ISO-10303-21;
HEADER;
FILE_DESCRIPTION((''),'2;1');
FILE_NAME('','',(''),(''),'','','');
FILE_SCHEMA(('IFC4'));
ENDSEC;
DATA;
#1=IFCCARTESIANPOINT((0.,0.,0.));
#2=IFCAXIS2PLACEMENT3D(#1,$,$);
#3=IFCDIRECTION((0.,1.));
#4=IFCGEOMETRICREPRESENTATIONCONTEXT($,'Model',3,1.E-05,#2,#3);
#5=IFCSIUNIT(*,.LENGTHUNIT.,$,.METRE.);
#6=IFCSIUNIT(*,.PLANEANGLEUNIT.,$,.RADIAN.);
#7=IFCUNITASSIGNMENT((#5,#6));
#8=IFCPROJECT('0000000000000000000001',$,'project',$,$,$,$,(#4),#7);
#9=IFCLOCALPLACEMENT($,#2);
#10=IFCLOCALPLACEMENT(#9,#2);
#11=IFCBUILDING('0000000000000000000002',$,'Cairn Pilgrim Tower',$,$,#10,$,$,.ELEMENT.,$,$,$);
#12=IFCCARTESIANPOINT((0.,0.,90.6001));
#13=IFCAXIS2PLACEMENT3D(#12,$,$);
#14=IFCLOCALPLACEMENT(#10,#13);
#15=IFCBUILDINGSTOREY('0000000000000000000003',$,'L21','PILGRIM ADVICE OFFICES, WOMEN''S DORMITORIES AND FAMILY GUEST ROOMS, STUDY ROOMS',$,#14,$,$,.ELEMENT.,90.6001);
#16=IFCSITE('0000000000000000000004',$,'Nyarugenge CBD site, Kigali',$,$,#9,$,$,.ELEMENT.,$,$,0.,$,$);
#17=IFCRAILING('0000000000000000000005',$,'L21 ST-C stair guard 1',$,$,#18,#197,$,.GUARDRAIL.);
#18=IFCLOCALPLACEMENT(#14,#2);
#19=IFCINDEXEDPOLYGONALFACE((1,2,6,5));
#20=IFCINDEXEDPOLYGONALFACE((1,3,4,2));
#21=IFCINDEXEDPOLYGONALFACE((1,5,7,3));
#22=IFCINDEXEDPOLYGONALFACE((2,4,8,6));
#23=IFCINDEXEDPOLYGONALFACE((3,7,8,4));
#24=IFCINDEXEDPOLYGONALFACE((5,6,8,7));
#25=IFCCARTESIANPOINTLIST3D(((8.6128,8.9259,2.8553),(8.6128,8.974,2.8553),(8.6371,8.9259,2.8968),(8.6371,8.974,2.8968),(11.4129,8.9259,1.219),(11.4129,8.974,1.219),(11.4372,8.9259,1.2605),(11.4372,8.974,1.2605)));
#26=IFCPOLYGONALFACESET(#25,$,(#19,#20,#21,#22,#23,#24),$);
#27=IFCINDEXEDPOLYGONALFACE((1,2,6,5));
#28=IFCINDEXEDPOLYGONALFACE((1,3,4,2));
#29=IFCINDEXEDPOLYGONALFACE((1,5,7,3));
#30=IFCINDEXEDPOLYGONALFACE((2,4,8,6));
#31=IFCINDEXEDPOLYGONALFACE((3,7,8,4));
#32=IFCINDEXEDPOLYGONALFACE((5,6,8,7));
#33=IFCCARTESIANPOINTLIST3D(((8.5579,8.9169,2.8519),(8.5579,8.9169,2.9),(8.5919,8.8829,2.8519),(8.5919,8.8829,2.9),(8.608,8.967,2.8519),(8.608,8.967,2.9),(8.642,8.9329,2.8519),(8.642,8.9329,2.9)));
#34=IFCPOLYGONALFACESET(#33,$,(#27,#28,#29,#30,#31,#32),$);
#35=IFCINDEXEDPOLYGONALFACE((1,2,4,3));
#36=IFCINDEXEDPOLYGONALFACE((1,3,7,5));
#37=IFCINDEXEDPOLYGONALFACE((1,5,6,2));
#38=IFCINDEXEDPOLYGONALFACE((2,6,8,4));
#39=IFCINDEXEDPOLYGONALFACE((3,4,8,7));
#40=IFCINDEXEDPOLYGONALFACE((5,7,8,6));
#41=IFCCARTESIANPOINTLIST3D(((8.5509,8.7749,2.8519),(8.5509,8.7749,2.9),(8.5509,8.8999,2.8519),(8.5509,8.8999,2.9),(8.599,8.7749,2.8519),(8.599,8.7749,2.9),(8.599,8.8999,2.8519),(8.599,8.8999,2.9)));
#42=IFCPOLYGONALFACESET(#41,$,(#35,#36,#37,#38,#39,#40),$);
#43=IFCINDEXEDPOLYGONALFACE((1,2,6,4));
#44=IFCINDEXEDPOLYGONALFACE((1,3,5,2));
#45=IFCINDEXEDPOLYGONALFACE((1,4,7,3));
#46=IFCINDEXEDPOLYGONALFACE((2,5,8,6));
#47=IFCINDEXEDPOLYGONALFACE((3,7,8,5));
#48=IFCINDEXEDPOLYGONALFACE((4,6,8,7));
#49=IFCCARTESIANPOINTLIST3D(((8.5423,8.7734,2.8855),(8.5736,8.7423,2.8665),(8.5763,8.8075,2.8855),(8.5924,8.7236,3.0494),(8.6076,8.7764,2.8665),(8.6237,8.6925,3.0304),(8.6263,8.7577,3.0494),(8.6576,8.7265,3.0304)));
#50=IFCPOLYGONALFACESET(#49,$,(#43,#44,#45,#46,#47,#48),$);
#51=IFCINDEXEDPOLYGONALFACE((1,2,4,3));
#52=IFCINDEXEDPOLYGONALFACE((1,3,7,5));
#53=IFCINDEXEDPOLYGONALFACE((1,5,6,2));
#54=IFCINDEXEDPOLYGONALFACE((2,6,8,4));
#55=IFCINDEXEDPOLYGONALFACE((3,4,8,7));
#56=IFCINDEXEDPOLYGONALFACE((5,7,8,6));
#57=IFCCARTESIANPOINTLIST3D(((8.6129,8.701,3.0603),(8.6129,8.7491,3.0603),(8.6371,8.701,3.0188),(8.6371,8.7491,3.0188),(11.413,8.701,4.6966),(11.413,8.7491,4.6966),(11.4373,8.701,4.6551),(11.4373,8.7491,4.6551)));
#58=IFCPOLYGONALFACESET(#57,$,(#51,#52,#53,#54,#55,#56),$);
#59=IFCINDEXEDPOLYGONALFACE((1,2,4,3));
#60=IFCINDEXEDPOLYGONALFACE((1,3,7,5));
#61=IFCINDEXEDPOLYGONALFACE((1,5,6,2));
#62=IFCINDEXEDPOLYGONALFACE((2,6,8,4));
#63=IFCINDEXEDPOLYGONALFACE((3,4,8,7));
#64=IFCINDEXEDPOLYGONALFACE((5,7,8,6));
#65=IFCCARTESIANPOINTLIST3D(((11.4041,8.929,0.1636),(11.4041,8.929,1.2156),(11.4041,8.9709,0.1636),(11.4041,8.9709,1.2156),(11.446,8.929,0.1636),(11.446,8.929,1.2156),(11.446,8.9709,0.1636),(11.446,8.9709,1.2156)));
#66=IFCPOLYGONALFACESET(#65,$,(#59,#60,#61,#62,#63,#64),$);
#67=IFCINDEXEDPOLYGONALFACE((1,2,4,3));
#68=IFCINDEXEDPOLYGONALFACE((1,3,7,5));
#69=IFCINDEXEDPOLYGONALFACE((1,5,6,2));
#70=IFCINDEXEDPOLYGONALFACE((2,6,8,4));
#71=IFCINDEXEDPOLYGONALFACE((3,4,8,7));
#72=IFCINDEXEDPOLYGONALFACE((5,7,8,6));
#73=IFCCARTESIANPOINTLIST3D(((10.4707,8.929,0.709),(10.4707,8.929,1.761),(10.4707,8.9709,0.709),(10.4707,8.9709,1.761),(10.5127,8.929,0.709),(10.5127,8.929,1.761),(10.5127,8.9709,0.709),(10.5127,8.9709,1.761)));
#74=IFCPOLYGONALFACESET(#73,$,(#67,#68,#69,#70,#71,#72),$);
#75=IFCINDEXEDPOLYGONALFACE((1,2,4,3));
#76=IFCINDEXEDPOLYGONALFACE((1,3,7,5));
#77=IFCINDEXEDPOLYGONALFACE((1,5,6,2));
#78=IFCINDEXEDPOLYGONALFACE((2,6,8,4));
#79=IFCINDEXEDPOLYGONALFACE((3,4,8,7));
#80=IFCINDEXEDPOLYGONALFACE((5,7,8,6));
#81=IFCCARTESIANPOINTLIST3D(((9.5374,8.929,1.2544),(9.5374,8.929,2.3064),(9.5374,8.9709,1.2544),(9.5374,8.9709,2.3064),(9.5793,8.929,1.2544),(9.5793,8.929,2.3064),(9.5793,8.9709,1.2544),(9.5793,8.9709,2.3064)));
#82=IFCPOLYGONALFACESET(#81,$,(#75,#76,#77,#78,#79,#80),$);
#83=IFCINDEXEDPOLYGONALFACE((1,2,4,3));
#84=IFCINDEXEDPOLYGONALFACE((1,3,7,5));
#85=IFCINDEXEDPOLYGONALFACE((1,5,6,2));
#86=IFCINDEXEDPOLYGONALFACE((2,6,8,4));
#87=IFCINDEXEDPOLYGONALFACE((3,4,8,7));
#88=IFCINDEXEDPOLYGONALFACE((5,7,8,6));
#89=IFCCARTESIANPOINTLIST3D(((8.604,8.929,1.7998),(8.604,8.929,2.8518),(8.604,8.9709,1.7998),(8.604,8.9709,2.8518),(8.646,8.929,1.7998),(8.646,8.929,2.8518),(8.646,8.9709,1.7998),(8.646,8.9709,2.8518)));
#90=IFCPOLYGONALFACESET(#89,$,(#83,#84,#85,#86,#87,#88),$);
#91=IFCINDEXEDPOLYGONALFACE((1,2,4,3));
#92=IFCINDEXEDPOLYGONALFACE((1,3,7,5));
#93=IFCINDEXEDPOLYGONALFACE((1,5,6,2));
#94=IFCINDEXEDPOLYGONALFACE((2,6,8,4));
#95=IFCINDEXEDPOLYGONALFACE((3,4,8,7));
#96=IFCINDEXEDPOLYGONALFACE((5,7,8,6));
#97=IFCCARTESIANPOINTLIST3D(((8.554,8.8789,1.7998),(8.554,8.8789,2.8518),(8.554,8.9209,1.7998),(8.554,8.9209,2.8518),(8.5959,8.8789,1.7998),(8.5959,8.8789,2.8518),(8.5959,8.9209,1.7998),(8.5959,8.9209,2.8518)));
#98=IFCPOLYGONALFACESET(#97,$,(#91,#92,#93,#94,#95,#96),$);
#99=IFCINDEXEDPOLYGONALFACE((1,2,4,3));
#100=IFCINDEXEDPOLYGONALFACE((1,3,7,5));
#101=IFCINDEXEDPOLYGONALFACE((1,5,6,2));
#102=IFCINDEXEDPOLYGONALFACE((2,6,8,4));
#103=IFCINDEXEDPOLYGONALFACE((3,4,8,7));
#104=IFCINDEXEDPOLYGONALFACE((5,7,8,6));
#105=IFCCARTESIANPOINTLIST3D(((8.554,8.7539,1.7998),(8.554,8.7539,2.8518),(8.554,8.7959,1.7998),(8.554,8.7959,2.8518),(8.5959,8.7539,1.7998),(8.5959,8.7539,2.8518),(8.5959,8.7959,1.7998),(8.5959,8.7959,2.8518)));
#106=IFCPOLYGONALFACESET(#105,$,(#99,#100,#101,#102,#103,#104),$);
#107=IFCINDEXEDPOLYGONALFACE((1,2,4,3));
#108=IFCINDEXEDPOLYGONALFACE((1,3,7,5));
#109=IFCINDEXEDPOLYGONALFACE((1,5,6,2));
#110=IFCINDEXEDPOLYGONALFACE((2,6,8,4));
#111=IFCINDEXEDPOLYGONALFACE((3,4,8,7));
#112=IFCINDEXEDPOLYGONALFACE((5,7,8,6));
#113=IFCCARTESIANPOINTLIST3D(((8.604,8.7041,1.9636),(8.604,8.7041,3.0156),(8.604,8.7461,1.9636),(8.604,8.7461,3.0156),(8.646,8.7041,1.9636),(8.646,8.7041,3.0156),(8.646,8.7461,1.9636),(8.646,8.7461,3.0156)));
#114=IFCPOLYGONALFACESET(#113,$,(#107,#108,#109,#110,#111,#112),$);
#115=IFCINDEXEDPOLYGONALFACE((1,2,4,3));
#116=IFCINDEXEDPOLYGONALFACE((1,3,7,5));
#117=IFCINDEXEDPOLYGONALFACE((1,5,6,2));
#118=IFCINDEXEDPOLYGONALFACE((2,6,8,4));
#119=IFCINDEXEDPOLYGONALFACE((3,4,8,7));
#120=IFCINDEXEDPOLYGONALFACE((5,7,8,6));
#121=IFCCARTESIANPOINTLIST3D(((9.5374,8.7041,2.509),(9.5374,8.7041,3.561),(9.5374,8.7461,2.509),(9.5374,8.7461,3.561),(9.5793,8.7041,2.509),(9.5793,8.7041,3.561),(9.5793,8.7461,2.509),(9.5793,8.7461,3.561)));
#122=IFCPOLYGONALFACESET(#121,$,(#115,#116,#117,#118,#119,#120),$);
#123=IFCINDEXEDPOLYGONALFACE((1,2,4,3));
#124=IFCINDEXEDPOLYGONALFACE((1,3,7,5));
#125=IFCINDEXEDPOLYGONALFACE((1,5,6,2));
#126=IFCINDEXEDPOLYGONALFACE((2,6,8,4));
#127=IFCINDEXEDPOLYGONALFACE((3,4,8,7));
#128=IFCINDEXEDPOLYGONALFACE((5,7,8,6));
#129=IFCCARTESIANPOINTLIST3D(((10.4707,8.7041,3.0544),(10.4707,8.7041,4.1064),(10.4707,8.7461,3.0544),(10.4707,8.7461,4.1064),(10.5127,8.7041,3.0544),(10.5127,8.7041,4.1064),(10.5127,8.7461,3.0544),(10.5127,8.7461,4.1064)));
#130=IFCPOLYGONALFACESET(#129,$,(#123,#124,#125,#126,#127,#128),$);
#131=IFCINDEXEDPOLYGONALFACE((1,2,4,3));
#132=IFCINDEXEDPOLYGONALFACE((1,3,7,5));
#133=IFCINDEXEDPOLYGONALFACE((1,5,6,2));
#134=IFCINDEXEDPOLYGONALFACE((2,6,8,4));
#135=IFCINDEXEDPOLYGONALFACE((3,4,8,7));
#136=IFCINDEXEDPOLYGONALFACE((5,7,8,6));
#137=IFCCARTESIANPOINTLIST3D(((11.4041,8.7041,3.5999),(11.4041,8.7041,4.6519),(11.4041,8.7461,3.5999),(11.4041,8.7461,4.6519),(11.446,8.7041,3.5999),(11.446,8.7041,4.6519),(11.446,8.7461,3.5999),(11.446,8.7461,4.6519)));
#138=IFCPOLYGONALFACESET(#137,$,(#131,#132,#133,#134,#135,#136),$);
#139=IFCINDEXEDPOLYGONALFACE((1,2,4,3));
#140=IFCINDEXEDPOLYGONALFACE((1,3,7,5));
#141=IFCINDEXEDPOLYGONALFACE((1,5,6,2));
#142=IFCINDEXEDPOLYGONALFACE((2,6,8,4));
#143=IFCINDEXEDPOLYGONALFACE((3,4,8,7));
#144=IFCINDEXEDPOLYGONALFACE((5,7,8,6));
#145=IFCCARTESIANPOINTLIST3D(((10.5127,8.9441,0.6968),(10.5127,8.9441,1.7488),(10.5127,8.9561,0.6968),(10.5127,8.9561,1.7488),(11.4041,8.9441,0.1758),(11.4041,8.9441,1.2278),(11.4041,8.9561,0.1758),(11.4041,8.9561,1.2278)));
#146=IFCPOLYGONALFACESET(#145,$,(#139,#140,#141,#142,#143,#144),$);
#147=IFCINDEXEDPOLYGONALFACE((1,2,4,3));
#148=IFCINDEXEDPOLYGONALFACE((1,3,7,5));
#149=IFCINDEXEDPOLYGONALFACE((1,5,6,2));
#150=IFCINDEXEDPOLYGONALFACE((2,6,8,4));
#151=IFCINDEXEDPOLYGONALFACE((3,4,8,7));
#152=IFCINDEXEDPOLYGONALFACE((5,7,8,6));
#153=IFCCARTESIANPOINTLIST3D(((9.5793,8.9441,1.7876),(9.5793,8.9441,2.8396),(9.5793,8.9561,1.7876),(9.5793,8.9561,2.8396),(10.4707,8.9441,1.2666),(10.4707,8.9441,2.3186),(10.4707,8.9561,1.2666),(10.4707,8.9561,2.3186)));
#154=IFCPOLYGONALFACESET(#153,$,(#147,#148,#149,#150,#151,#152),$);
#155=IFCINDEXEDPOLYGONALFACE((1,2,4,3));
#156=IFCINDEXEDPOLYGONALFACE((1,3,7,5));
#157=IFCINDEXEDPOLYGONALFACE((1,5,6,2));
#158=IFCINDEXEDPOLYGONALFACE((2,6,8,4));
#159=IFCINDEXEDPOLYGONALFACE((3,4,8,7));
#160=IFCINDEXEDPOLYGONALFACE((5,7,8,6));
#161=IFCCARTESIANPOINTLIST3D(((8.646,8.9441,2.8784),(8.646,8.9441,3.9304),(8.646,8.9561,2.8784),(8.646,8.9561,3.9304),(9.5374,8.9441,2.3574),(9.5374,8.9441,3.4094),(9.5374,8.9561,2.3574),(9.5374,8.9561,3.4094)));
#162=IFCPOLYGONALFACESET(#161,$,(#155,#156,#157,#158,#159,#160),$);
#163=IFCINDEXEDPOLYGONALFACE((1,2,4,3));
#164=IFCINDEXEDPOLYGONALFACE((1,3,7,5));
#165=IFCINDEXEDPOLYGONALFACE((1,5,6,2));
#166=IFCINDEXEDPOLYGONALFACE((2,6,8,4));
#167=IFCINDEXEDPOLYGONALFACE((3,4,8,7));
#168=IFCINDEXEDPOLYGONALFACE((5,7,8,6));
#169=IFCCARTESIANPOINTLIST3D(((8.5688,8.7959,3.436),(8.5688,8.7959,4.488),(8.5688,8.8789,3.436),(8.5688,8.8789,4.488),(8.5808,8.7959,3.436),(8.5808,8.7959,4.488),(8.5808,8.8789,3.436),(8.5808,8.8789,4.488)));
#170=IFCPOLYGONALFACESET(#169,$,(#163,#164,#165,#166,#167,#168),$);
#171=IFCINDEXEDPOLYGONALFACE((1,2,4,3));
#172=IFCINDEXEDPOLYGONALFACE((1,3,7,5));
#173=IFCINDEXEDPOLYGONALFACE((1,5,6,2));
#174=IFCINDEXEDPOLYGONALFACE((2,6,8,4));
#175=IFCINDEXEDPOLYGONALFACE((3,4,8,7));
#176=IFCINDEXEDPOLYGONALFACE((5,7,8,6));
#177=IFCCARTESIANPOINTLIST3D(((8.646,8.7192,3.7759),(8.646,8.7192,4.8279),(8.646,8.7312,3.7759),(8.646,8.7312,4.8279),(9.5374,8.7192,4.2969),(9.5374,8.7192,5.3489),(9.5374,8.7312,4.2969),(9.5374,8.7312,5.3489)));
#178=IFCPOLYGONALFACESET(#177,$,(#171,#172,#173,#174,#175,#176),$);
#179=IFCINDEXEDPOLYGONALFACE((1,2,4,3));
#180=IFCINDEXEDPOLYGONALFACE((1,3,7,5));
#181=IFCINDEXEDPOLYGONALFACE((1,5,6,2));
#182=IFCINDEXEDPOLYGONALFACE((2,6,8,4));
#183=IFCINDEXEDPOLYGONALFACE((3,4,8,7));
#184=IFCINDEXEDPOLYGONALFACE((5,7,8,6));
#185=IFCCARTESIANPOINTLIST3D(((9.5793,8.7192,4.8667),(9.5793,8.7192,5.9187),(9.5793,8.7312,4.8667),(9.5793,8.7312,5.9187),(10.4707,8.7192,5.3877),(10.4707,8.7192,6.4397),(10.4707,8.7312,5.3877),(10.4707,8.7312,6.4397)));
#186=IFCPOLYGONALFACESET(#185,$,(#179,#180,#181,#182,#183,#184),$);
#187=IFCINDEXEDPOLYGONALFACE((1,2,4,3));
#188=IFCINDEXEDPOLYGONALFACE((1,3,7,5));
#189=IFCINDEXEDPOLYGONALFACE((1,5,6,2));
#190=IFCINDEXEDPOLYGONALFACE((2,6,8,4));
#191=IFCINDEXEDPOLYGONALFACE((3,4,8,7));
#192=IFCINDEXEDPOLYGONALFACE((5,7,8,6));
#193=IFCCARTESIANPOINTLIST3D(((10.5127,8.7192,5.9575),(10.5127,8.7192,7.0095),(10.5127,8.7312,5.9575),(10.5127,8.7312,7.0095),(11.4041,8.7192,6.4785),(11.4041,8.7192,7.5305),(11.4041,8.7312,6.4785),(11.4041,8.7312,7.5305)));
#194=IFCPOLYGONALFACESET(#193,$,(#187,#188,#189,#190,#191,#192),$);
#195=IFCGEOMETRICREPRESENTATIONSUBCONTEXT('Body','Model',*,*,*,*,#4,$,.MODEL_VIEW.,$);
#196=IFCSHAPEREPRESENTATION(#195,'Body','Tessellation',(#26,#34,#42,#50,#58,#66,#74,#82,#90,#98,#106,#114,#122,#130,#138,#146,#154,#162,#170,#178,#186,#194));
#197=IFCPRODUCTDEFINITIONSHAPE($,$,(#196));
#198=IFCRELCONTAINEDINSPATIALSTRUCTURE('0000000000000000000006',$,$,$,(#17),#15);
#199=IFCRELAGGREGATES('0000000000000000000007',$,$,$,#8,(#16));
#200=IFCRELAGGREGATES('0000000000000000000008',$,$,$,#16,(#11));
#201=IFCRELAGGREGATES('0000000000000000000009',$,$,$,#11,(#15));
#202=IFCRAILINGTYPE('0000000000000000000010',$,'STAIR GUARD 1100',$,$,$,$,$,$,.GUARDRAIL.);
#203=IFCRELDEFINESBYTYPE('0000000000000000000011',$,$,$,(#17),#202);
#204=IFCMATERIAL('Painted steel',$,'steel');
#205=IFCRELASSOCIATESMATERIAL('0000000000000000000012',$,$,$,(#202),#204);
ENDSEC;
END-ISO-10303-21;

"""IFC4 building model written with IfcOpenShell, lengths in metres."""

from ifc_helpers import new_model, si_unit, direction, frame, origin, origin_2d, place, context, subcontext, project, spatial, polyline, rectangle, outline, extrude, material, type_object, element, save


model = new_model("IFC4")

# Units and contexts
model_context = context("Model", 3, precision=1e-05, world=origin(), true_north=direction((0.0, 1.0)))
body_context = subcontext(model_context, "Body", "Model", "MODEL_VIEW")
ifc_project = project(units=[si_unit("LENGTHUNIT", "METRE"), si_unit("PLANEANGLEUNIT", "RADIAN")], contexts=[model_context])

# Site, building, storey
site_placement = place(None, origin())
site = spatial("IfcSite", under=ifc_project, at=site_placement, Name="Nyarugenge CBD site, Kigali", CompositionType="ELEMENT", RefElevation=0.0)
building_placement = place(site_placement, origin())
building = spatial("IfcBuilding", under=site, at=building_placement, Name="Cairn Pilgrim Tower", CompositionType="ELEMENT")
storey_placement = place(building_placement, frame((0.0, 0.0, 90.6001)))
storey = spatial("IfcBuildingStorey", under=building, at=storey_placement, Name="L21", Description="PILGRIM ADVICE OFFICES, WOMEN'S DORMITORIES AND FAMILY GUEST ROOMS, STUDY ROOMS", CompositionType="ELEMENT", Elevation=90.6001)

# Shared definitions
ifc_material_1 = material(Name="Painted steel", Category="steel")

# Railing
railing_type_1 = type_object("IfcRailingType", Name="STAIR GUARD 1100", PredefinedType="GUARDRAIL", material=ifc_material_1)
railing_1_placement = place(storey_placement, frame((11.425, 8.95, 0.1636)))
element("IfcRailing", 1, at=railing_1_placement, inside=storey, type_object=railing_type_1, Name="L21 ST-C stair guard 1", PredefinedType="GUARDRAIL", context=body_context, shape_type="SweptSolid", body=[
    extrude(rectangle(XDim=0.0481, YDim=0.0481, at=origin_2d()), frame((0.0, 0.0, 1.0762), z_axis=(-0.863394, 0.0, 0.504531), x_axis=(0.0, -1.0, 0.0)), (0.0, 0.0, 1.0), 3.2432),
    extrude(rectangle(XDim=0.0481, YDim=0.0481, at=origin_2d()), frame((-2.8, 0.0, 2.7124), z_axis=(-0.707107, -0.707107, 0.0), x_axis=(0.707107, -0.707107, 0.0)), (0.0, 0.0, 1.0), 0.0708),
    extrude(rectangle(XDim=0.0481, YDim=0.0481, at=origin_2d()), frame((-2.8501, -0.05, 2.7124), z_axis=(0.0, -1.0, 0.0), x_axis=(1.0, 0.0, 0.0)), (0.0, 0.0, 1.0), 0.125),
    extrude(rectangle(XDim=0.0481, YDim=0.0481, at=origin_2d()), frame((-2.8501, -0.175, 2.7124), z_axis=(0.280564, -0.279195, 0.918332), x_axis=(0.705376, 0.708834, 0.0)), (0.0, 0.0, 1.0), 0.1785),
    extrude(rectangle(XDim=0.0481, YDim=0.0481, at=origin_2d()), frame((-2.8, -0.2249, 2.876), z_axis=(0.863394, 0.0, 0.504531), x_axis=(0.0, 1.0, 0.0)), (0.0, 0.0, 1.0), 3.2432),
    extrude(rectangle(XDim=0.042, YDim=0.042, at=origin_2d()), origin(), (0.0, 0.0, 1.0), 1.052),
    extrude(rectangle(XDim=0.042, YDim=0.042, at=origin_2d()), frame((-0.9333, 0.0, 0.5454)), (0.0, 0.0, 1.0), 1.052),
    extrude(rectangle(XDim=0.042, YDim=0.042, at=origin_2d()), frame((-1.8667, 0.0, 1.0908)), (0.0, 0.0, 1.0), 1.052),
    extrude(rectangle(XDim=0.042, YDim=0.042, at=origin_2d()), frame((-2.8, 0.0, 1.6362)), (0.0, 0.0, 1.0), 1.052),
    extrude(rectangle(XDim=0.042, YDim=0.042, at=origin_2d()), frame((-2.8501, -0.05, 1.6362)), (0.0, 0.0, 1.0), 1.052),
    extrude(rectangle(XDim=0.042, YDim=0.042, at=origin_2d()), frame((-2.8501, -0.175, 1.6362)), (0.0, 0.0, 1.0), 1.052),
    extrude(rectangle(XDim=0.042, YDim=0.042, at=origin_2d()), frame((-2.8, -0.2249, 1.8)), (0.0, 0.0, 1.0), 1.052),
    extrude(rectangle(XDim=0.042, YDim=0.042, at=origin_2d()), frame((-1.8667, -0.2249, 2.3455)), (0.0, 0.0, 1.0), 1.052),
    extrude(rectangle(XDim=0.042, YDim=0.042, at=origin_2d()), frame((-0.9333, -0.2249, 2.8909)), (0.0, 0.0, 1.0), 1.052),
    extrude(rectangle(XDim=0.042, YDim=0.042, at=origin_2d()), frame((0.0, -0.2249, 3.4363)), (0.0, 0.0, 1.0), 1.052),
    extrude(outline(polyline([(0.021, 0.0122), (0.9124, 0.5332), (0.9124, 1.5852), (0.021, 1.0642), (0.021, 0.0122)])), frame((0.0, -0.0059, 0.0), z_axis=(0.0, 1.0, 0.0), x_axis=(-1.0, 0.0, 0.0)), (0.0, 0.0, 1.0), 0.012),
    extrude(outline(polyline([(0.021, 0.5576), (0.9124, 1.0786), (0.9124, 2.1306), (0.021, 1.6096), (0.021, 0.5576)])), frame((-0.9333, -0.0059, 0.5454), z_axis=(0.0, 1.0, 0.0), x_axis=(-1.0, 0.0, 0.0)), (0.0, 0.0, 1.0), 0.012),
    extrude(outline(polyline([(0.021, 1.103), (0.9124, 1.624), (0.9124, 2.676), (0.021, 2.155), (0.021, 1.103)])), frame((-1.8667, -0.0059, 1.0908), z_axis=(0.0, 1.0, 0.0), x_axis=(-1.0, 0.0, 0.0)), (0.0, 0.0, 1.0), 0.012),
    extrude(outline(polyline([(0.021, 1.6362), (0.104, 1.6362), (0.104, 2.6882), (0.021, 2.6882), (0.021, 1.6362)])), frame((-2.8442, -0.05, 1.6362), z_axis=(-1.0, 0.0, 0.0), x_axis=(0.0, -1.0, 0.0)), (0.0, 0.0, 1.0), 0.012),
    extrude(outline(polyline([(0.021, 1.8123), (0.9124, 2.3333), (0.9124, 3.3853), (0.021, 2.8643), (0.021, 1.8123)])), frame((-2.8, -0.2188, 1.8), z_axis=(0.0, -1.0, 0.0), x_axis=(1.0, 0.0, 0.0)), (0.0, 0.0, 1.0), 0.012),
    extrude(outline(polyline([(0.021, 2.3577), (0.9124, 2.8787), (0.9124, 3.9307), (0.021, 3.4097), (0.021, 2.3577)])), frame((-1.8667, -0.2188, 2.3455), z_axis=(0.0, -1.0, 0.0), x_axis=(1.0, 0.0, 0.0)), (0.0, 0.0, 1.0), 0.012),
    extrude(outline(polyline([(0.021, 2.9031), (0.9124, 3.4241), (0.9124, 4.4761), (0.021, 3.9551), (0.021, 2.9031)])), frame((-0.9333, -0.2188, 2.8909), z_axis=(0.0, -1.0, 0.0), x_axis=(1.0, 0.0, 0.0)), (0.0, 0.0, 1.0), 0.012),
])

save(model, "model.ifc")
